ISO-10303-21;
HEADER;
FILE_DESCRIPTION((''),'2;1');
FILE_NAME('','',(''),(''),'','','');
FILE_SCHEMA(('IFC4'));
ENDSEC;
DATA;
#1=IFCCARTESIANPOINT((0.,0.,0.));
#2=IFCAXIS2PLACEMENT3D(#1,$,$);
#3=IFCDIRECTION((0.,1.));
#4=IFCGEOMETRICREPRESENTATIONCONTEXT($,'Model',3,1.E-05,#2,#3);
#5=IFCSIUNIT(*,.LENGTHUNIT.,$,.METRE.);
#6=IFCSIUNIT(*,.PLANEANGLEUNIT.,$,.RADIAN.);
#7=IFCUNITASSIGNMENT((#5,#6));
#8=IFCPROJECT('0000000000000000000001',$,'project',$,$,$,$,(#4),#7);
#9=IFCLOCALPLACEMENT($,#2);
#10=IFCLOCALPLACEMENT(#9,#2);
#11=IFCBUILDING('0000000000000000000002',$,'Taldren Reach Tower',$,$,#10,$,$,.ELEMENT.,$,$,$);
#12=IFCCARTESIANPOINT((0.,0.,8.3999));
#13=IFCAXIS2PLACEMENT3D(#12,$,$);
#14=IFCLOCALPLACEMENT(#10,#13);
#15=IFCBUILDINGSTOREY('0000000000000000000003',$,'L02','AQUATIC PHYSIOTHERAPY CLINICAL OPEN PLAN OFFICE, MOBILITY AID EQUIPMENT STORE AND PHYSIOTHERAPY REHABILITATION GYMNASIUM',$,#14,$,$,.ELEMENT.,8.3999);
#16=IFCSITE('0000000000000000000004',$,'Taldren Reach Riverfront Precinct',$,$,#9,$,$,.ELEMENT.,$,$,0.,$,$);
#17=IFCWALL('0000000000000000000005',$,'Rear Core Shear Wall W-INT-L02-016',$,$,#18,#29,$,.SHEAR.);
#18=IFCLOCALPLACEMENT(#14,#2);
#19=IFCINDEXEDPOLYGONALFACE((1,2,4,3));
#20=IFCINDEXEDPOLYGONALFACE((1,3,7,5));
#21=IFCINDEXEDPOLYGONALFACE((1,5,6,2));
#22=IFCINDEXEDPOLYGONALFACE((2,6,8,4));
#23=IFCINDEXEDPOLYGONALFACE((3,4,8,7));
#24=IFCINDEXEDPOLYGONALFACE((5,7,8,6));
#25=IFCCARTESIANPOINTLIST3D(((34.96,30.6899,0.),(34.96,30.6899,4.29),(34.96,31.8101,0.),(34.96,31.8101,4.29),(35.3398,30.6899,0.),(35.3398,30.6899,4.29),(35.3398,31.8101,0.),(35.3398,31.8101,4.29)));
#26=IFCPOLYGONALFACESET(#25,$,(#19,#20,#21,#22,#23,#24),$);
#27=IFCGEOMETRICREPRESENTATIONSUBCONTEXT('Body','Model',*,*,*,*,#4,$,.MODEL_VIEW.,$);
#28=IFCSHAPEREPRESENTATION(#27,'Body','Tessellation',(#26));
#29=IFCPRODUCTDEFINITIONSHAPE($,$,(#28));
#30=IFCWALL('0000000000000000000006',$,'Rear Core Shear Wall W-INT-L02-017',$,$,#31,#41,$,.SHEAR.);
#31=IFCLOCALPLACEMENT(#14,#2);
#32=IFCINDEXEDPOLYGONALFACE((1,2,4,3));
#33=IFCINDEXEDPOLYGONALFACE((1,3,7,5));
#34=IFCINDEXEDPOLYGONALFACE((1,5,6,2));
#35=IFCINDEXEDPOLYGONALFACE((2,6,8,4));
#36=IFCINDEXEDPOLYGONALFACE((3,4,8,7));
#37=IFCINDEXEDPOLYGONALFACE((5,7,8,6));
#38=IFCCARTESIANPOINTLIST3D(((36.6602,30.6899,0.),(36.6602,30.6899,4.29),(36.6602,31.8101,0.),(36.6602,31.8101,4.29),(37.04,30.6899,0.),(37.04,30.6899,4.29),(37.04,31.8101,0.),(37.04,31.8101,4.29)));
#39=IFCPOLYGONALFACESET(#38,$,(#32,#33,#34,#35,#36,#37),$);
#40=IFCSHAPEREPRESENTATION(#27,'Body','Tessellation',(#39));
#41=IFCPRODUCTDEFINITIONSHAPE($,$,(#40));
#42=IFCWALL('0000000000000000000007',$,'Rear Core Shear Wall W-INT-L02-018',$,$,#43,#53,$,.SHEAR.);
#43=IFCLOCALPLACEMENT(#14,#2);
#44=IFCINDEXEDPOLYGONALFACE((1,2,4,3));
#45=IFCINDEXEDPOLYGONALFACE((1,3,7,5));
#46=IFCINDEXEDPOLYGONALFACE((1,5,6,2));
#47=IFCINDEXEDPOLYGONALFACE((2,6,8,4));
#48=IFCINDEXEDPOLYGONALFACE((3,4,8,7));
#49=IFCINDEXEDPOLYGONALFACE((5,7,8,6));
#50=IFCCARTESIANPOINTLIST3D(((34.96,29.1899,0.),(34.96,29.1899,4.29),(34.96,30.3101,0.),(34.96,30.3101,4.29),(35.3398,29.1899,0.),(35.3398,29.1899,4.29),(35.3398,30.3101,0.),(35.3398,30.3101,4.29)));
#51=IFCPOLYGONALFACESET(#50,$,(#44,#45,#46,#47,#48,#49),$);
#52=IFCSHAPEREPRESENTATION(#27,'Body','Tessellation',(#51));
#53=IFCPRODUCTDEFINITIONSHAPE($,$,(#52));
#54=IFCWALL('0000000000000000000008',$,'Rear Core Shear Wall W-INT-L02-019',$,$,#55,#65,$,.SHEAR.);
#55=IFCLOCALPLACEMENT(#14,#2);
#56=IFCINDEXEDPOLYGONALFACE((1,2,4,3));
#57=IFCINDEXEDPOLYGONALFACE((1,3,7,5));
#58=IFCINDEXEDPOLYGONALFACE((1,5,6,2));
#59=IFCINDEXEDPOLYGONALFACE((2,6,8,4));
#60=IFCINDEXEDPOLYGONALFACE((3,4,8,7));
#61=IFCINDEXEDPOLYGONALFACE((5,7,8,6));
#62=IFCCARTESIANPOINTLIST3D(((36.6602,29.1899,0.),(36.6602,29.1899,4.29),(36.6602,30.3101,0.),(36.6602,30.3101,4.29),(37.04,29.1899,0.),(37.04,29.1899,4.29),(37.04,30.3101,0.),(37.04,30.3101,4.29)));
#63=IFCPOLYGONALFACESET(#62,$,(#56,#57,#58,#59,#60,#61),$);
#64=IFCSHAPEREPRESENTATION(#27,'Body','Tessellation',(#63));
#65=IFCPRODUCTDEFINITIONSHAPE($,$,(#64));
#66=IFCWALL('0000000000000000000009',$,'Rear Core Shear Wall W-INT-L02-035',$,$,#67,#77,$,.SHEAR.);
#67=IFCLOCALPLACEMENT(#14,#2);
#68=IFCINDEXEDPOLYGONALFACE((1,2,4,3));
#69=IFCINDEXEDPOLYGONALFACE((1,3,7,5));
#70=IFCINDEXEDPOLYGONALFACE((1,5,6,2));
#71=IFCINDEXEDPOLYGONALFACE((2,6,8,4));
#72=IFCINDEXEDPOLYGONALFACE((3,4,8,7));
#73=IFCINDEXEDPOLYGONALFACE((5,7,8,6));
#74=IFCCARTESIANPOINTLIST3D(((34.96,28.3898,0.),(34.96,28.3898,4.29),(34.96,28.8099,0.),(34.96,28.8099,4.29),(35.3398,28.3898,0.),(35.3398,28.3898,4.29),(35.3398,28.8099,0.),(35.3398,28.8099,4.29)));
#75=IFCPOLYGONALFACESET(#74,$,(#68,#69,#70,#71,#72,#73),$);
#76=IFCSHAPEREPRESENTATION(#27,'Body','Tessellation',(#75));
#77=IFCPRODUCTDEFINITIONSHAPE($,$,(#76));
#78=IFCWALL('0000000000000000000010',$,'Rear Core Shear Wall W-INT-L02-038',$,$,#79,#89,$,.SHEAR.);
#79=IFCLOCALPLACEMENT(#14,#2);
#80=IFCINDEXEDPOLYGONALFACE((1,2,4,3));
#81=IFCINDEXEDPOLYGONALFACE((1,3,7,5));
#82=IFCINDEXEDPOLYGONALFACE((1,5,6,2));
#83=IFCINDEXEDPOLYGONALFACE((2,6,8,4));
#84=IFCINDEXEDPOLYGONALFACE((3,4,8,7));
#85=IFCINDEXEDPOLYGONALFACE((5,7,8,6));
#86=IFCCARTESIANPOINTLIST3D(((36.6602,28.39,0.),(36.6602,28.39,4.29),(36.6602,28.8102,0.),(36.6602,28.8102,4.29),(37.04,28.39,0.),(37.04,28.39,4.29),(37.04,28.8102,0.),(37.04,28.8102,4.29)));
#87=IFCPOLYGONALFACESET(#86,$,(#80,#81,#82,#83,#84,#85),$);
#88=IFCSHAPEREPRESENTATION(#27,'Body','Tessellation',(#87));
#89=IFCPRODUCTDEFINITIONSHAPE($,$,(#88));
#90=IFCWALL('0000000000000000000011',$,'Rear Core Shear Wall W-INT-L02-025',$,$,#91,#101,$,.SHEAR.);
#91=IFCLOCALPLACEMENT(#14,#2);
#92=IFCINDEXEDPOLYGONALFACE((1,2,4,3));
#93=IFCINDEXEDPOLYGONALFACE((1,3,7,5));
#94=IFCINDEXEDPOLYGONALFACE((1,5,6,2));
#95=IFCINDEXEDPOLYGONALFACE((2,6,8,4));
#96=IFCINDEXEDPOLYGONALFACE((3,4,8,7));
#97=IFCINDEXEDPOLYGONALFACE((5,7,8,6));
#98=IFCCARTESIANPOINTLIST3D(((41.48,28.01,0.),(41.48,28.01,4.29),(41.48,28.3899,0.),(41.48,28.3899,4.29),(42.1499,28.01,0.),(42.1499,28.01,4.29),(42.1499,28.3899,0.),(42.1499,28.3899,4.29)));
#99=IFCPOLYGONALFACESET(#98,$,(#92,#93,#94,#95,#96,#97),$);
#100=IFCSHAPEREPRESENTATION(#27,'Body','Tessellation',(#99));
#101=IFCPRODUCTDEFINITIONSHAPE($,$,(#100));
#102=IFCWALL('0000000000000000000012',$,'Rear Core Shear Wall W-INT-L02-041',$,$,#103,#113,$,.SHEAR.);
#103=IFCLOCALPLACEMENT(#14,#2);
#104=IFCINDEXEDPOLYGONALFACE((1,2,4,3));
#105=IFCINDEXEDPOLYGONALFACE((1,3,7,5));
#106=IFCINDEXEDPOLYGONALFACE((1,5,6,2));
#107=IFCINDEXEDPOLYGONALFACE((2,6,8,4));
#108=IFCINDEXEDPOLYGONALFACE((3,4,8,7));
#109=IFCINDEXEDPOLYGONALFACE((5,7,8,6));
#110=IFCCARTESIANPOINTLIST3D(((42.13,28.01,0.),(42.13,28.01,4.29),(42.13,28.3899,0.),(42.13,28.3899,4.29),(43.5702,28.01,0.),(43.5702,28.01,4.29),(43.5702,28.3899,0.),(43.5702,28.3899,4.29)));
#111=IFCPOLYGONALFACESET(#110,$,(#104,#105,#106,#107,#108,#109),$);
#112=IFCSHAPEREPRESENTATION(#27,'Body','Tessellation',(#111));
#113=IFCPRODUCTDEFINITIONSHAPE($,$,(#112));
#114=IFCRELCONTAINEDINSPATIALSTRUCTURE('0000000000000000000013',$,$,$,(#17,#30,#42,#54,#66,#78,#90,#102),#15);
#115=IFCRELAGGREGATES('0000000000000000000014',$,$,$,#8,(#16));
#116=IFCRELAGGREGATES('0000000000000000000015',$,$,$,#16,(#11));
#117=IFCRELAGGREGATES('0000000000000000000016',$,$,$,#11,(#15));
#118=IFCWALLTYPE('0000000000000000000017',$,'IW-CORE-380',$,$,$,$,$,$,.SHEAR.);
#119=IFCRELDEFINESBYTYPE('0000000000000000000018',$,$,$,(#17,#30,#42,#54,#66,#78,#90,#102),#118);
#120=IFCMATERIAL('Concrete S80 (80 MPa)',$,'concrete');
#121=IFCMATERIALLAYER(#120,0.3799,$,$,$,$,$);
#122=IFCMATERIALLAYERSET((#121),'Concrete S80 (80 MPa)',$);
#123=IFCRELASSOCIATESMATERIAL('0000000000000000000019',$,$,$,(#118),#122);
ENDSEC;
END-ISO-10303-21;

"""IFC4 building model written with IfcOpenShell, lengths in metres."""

from ifc_helpers import new_model, si_unit, direction, frame, frame_2d, origin, place, context, subcontext, project, spatial, rectangle, extrude, source, transform, mapped, material, layer, layer_set, type_object, element, save


model = new_model("IFC4")

# Units and contexts
model_context = context("Model", 3, precision=1e-05, world=origin(), true_north=direction((0.0, 1.0)))
body_context = subcontext(model_context, "Body", "Model", "MODEL_VIEW")
ifc_project = project(units=[si_unit("LENGTHUNIT", "METRE"), si_unit("PLANEANGLEUNIT", "RADIAN")], contexts=[model_context])

# Site, building, storey
site_placement = place(None, origin())
site = spatial("IfcSite", under=ifc_project, at=site_placement, Name="Taldren Reach Riverfront Precinct", CompositionType="ELEMENT", RefElevation=0.0)
building_placement = place(site_placement, origin())
building = spatial("IfcBuilding", under=site, at=building_placement, Name="Taldren Reach Tower", CompositionType="ELEMENT")
storey_placement = place(building_placement, frame((0.0, 0.0, 8.3999)))
storey = spatial("IfcBuildingStorey", under=building, at=storey_placement, Name="L02", Description="AQUATIC PHYSIOTHERAPY CLINICAL OPEN PLAN OFFICE, MOBILITY AID EQUIPMENT STORE AND PHYSIOTHERAPY REHABILITATION GYMNASIUM", CompositionType="ELEMENT", Elevation=8.3999)

# Shared definitions
ifc_material_1 = material(Name="Concrete S80 (80 MPa)", Category="concrete")
ifc_layer = layer(ifc_material_1, 0.3799)
ifc_layer_set = layer_set([ifc_layer], Name="Concrete S80 (80 MPa)")
wall_type = type_object("IfcWallType", Name="IW-CORE-380", PredefinedType="SHEAR", material=ifc_layer_set)

# Walls
shared_shape_1 = source(origin(), body_context, "Body", "SweptSolid", [
    extrude(rectangle(XDim=1.1201, YDim=0.3799, at=frame_2d((0.5601, 0.0))), origin(), (0.0, 0.0, 1.0), 4.29),
])
for number, where, z_axis, x_axis, name in (
    (1, (35.1499, 31.8101, 0.0), (0.0, 0.0, 1.0), (0.0, -1.0, 0.0), "Rear Core Shear Wall W-INT-L02-016"),
    (2, (36.8501, 30.6899, 0.0), (0.0, 0.0, 1.0), (0.0, 1.0, 0.0), "Rear Core Shear Wall W-INT-L02-017"),
    (3, (35.1499, 30.3101, 0.0), (0.0, 0.0, 1.0), (0.0, -1.0, 0.0), "Rear Core Shear Wall W-INT-L02-018"),
    (4, (36.8501, 29.1899, 0.0), (0.0, 0.0, 1.0), (0.0, 1.0, 0.0), "Rear Core Shear Wall W-INT-L02-019"),
):
    element("IfcWall", number, at=place(storey_placement, frame(where, z_axis=z_axis, x_axis=x_axis)), inside=storey, type_object=wall_type, Name=name, PredefinedType="SHEAR", context=body_context, shape_type="MappedRepresentation", body=[
        mapped(shared_shape_1, transform((0.0, 0.0, 0.0), scale=1.0)),
    ])
shared_shape_2 = source(origin(), body_context, "Body", "SweptSolid", [
    extrude(rectangle(XDim=0.4202, YDim=0.3799, at=frame_2d((0.21, 0.0))), origin(), (0.0, 0.0, 1.0), 4.29),
])
for number, where, z_axis, x_axis, name in (
    (5, (35.1499, 28.3899, 0.0), (0.0, 0.0, 1.0), (0.0, 1.0, 0.0), "Rear Core Shear Wall W-INT-L02-035"),
    (6, (36.8501, 28.8101, 0.0), (0.0, 0.0, 1.0), (0.0, -1.0, 0.0), "Rear Core Shear Wall W-INT-L02-038"),
):
    element("IfcWall", number, at=place(storey_placement, frame(where, z_axis=z_axis, x_axis=x_axis)), inside=storey, type_object=wall_type, Name=name, PredefinedType="SHEAR", context=body_context, shape_type="MappedRepresentation", body=[
        mapped(shared_shape_2, transform((0.0, 0.0, 0.0), scale=1.0)),
    ])
shared_shape_3 = source(origin(), body_context, "Body", "SweptSolid", [
    extrude(rectangle(XDim=0.6699, YDim=0.3799, at=frame_2d((0.335, 0.0))), origin(), (0.0, 0.0, 1.0), 4.29),
])
wall_1_placement = place(storey_placement, frame((42.1499, 28.2, 0.0), z_axis=(0.0, 0.0, 1.0), x_axis=(-1.0, 0.0, 0.0)))
element("IfcWall", 7, at=wall_1_placement, inside=storey, type_object=wall_type, Name="Rear Core Shear Wall W-INT-L02-025", PredefinedType="SHEAR", context=body_context, shape_type="MappedRepresentation", body=[
    mapped(shared_shape_3, transform((0.0, 0.0, 0.0), scale=1.0)),
])
shared_shape_4 = source(origin(), body_context, "Body", "SweptSolid", [
    extrude(rectangle(XDim=1.4402, YDim=0.3799, at=frame_2d((0.7202, 0.0))), origin(), (0.0, 0.0, 1.0), 4.29),
])
wall_2_placement = place(storey_placement, frame((42.1299, 28.2, 0.0), z_axis=(0.0, 0.0, 1.0), x_axis=(1.0, 0.0, 0.0)))
element("IfcWall", 8, at=wall_2_placement, inside=storey, type_object=wall_type, Name="Rear Core Shear Wall W-INT-L02-041", PredefinedType="SHEAR", context=body_context, shape_type="MappedRepresentation", body=[
    mapped(shared_shape_4, transform((0.0, 0.0, 0.0), scale=1.0)),
])

save(model, "model.ifc")
